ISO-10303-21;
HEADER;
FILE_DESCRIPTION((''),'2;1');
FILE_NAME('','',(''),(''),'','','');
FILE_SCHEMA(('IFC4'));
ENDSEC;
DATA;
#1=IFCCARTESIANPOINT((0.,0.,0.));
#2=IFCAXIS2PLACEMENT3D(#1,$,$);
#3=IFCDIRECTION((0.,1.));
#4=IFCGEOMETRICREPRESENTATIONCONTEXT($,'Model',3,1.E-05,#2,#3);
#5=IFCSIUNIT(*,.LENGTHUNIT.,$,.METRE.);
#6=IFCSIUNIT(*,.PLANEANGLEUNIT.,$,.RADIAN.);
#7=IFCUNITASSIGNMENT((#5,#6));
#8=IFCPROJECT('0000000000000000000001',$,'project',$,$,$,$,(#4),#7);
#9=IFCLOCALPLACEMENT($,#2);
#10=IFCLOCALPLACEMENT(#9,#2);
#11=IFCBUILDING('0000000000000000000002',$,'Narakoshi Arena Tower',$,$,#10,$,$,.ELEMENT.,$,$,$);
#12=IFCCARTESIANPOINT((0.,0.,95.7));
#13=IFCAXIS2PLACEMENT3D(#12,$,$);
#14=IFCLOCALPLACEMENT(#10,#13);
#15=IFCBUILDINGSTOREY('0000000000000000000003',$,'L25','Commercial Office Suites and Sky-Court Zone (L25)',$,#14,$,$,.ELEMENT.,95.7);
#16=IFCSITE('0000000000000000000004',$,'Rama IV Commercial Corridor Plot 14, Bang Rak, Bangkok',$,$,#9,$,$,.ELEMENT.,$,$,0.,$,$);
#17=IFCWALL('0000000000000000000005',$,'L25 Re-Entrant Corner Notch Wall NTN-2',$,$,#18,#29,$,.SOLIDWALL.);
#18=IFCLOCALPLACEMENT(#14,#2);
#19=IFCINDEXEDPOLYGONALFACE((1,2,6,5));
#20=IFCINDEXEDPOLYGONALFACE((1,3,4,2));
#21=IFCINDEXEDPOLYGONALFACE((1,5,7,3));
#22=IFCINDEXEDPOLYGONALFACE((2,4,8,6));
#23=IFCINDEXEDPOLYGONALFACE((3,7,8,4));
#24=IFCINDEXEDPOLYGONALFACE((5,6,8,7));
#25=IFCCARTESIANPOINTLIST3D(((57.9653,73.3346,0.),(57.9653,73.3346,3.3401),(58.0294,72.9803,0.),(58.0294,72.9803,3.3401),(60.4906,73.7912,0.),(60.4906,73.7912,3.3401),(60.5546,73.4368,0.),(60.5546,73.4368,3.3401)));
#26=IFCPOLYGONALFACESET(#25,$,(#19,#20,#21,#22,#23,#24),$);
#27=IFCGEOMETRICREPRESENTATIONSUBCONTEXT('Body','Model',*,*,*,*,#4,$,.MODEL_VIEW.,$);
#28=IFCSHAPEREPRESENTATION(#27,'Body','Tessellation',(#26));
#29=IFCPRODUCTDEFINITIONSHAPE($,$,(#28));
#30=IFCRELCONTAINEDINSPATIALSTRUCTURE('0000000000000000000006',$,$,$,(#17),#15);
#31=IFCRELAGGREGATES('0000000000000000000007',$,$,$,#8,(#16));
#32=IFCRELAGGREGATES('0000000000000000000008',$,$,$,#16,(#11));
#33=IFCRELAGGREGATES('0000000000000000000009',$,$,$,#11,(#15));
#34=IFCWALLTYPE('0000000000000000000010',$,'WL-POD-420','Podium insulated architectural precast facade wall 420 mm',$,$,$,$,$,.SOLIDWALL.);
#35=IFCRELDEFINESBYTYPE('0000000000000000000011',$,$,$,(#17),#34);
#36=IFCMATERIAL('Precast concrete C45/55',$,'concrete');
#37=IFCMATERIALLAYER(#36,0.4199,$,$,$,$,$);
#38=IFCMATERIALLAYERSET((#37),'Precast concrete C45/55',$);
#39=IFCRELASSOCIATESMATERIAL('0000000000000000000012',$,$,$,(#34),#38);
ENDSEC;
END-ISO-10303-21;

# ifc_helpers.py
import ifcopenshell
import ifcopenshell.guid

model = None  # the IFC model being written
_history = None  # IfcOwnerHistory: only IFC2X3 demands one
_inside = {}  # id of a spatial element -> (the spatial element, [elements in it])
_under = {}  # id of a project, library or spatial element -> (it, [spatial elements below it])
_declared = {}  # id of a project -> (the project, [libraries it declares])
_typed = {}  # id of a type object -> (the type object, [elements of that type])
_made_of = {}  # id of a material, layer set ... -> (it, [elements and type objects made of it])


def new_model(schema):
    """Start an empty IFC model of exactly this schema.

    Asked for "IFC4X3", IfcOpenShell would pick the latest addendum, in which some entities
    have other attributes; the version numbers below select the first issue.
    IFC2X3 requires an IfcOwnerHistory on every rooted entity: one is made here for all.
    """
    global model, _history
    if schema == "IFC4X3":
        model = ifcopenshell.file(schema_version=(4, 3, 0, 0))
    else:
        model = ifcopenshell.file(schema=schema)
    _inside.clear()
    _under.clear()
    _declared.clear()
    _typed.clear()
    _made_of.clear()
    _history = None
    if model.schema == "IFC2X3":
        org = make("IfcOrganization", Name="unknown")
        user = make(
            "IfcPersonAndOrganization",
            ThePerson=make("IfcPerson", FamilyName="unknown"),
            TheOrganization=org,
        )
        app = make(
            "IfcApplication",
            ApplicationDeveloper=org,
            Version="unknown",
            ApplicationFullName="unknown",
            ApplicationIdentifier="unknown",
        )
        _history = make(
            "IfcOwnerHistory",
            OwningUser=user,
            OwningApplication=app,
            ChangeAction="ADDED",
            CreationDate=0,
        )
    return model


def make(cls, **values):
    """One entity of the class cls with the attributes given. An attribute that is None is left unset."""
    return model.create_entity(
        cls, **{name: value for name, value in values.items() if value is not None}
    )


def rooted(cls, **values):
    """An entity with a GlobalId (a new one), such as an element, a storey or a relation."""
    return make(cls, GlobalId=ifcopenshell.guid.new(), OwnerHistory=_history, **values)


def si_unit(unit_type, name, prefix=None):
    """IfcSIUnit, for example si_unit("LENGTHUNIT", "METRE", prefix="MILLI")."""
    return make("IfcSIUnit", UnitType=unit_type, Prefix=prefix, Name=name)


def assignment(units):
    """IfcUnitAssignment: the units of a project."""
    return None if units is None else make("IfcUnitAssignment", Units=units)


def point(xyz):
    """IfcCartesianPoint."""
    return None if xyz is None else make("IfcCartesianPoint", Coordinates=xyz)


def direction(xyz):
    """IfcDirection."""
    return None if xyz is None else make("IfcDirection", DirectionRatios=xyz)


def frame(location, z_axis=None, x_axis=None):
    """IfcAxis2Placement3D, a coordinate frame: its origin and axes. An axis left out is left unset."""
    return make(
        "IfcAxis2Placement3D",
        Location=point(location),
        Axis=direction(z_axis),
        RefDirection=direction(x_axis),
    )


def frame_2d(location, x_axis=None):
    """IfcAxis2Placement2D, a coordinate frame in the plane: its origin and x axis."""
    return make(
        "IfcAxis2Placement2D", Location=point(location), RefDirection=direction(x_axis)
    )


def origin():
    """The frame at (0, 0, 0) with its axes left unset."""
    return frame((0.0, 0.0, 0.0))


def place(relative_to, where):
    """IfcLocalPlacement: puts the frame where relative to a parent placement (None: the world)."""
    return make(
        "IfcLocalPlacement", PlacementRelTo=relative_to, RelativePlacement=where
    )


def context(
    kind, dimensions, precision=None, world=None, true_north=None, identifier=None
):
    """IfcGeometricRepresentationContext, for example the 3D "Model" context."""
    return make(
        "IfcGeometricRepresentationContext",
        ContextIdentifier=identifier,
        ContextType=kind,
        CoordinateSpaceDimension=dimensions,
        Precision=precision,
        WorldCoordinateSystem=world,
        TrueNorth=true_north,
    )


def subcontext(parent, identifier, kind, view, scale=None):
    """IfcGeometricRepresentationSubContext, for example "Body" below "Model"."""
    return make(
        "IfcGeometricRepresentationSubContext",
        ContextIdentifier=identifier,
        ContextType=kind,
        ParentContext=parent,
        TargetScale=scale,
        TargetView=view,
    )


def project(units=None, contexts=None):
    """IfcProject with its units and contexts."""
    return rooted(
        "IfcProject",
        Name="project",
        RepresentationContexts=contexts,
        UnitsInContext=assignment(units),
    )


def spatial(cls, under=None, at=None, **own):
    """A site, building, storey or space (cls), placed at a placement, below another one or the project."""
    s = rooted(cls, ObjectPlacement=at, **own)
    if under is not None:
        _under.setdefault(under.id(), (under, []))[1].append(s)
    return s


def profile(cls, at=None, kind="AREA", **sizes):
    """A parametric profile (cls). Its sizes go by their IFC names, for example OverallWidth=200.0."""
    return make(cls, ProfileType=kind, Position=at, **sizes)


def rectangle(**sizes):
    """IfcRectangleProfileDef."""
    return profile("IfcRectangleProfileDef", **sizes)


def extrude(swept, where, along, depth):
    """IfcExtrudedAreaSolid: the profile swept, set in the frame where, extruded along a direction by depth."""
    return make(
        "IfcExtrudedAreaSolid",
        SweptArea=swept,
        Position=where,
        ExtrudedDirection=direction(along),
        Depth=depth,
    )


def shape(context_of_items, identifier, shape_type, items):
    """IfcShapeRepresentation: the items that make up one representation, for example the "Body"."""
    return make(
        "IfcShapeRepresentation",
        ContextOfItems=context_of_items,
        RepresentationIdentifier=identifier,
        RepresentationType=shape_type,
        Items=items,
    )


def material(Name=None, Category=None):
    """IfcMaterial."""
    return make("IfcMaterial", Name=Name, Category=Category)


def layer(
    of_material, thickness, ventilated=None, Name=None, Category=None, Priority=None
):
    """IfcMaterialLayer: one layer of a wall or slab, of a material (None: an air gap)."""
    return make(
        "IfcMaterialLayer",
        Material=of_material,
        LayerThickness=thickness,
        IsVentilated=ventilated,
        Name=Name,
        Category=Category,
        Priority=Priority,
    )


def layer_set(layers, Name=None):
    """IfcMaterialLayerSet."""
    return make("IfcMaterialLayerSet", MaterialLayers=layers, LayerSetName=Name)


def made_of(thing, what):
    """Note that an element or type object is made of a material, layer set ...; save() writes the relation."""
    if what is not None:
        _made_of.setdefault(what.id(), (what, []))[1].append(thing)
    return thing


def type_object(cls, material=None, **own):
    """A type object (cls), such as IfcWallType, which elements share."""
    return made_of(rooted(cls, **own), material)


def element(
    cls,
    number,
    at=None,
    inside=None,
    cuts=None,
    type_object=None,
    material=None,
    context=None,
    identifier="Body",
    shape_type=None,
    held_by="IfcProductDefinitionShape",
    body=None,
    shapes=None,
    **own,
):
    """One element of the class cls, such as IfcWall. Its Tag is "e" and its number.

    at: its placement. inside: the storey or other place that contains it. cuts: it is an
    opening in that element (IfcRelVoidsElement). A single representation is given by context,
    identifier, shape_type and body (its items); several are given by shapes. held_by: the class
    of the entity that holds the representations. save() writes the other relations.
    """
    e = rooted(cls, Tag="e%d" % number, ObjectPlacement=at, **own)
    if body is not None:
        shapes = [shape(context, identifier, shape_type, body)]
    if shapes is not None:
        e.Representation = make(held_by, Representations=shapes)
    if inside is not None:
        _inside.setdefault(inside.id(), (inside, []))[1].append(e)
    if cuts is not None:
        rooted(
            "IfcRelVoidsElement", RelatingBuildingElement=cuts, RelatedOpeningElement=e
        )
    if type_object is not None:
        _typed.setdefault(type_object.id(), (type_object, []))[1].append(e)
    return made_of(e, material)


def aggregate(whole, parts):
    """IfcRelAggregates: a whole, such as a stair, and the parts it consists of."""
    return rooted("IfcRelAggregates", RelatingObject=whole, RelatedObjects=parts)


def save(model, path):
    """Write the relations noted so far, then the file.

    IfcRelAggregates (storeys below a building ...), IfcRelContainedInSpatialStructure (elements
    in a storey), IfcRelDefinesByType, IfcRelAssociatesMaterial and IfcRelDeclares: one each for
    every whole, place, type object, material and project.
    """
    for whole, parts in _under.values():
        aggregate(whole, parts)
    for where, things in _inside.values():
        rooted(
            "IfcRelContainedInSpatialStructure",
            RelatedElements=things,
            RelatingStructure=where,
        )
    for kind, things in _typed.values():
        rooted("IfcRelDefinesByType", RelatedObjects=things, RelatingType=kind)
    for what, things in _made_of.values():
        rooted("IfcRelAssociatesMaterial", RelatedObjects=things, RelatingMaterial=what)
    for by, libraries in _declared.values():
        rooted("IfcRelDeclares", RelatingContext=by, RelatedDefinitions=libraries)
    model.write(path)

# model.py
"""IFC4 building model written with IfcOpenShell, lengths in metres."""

from ifc_helpers import new_model, si_unit, direction, frame, frame_2d, origin, place, context, subcontext, project, spatial, rectangle, extrude, material, layer, layer_set, type_object, element, save


model = new_model("IFC4")

# Units and contexts
model_context = context("Model", 3, precision=1e-05, world=origin(), true_north=direction((0.0, 1.0)))
body_context = subcontext(model_context, "Body", "Model", "MODEL_VIEW")
ifc_project = project(units=[si_unit("LENGTHUNIT", "METRE"), si_unit("PLANEANGLEUNIT", "RADIAN")], contexts=[model_context])

# Site, building, storey
site_placement = place(None, origin())
site = spatial("IfcSite", under=ifc_project, at=site_placement, Name="Rama IV Commercial Corridor Plot 14, Bang Rak, Bangkok", CompositionType="ELEMENT", RefElevation=0.0)
building_placement = place(site_placement, origin())
building = spatial("IfcBuilding", under=site, at=building_placement, Name="Narakoshi Arena Tower", CompositionType="ELEMENT")
storey_placement = place(building_placement, frame((0.0, 0.0, 95.7)))
storey = spatial("IfcBuildingStorey", under=building, at=storey_placement, Name="L25", Description="Commercial Office Suites and Sky-Court Zone (L25)", CompositionType="ELEMENT", Elevation=95.7)

# Shared definitions
ifc_material_1 = material(Name="Precast concrete C45/55", Category="concrete")

# Shared definitions
ifc_layer_1 = layer(ifc_material_1, 0.4199)
ifc_layer_set_1 = layer_set([ifc_layer_1], Name="Precast concrete C45/55")
wall_type_1 = type_object("IfcWallType", Name="WL-POD-420", Description="Podium insulated architectural precast facade wall 420 mm", PredefinedType="SOLIDWALL", material=ifc_layer_set_1)

# Wall
wall_1_placement = place(storey_placement, frame((60.5227, 73.614, 0.0), z_axis=(0.0, 0.0, 1.0), x_axis=(-0.984046, -0.177914, 0.0)))
element("IfcWall", 1, at=wall_1_placement, inside=storey, type_object=wall_type_1, Name="L25 Re-Entrant Corner Notch Wall NTN-2", PredefinedType="SOLIDWALL", context=body_context, shape_type="SweptSolid", body=[
    extrude(rectangle(XDim=2.5662, YDim=0.3601, at=frame_2d((1.2832, 0.0))), origin(), (0.0, 0.0, 1.0), 3.3401),
])

save(model, "model.ifc")
